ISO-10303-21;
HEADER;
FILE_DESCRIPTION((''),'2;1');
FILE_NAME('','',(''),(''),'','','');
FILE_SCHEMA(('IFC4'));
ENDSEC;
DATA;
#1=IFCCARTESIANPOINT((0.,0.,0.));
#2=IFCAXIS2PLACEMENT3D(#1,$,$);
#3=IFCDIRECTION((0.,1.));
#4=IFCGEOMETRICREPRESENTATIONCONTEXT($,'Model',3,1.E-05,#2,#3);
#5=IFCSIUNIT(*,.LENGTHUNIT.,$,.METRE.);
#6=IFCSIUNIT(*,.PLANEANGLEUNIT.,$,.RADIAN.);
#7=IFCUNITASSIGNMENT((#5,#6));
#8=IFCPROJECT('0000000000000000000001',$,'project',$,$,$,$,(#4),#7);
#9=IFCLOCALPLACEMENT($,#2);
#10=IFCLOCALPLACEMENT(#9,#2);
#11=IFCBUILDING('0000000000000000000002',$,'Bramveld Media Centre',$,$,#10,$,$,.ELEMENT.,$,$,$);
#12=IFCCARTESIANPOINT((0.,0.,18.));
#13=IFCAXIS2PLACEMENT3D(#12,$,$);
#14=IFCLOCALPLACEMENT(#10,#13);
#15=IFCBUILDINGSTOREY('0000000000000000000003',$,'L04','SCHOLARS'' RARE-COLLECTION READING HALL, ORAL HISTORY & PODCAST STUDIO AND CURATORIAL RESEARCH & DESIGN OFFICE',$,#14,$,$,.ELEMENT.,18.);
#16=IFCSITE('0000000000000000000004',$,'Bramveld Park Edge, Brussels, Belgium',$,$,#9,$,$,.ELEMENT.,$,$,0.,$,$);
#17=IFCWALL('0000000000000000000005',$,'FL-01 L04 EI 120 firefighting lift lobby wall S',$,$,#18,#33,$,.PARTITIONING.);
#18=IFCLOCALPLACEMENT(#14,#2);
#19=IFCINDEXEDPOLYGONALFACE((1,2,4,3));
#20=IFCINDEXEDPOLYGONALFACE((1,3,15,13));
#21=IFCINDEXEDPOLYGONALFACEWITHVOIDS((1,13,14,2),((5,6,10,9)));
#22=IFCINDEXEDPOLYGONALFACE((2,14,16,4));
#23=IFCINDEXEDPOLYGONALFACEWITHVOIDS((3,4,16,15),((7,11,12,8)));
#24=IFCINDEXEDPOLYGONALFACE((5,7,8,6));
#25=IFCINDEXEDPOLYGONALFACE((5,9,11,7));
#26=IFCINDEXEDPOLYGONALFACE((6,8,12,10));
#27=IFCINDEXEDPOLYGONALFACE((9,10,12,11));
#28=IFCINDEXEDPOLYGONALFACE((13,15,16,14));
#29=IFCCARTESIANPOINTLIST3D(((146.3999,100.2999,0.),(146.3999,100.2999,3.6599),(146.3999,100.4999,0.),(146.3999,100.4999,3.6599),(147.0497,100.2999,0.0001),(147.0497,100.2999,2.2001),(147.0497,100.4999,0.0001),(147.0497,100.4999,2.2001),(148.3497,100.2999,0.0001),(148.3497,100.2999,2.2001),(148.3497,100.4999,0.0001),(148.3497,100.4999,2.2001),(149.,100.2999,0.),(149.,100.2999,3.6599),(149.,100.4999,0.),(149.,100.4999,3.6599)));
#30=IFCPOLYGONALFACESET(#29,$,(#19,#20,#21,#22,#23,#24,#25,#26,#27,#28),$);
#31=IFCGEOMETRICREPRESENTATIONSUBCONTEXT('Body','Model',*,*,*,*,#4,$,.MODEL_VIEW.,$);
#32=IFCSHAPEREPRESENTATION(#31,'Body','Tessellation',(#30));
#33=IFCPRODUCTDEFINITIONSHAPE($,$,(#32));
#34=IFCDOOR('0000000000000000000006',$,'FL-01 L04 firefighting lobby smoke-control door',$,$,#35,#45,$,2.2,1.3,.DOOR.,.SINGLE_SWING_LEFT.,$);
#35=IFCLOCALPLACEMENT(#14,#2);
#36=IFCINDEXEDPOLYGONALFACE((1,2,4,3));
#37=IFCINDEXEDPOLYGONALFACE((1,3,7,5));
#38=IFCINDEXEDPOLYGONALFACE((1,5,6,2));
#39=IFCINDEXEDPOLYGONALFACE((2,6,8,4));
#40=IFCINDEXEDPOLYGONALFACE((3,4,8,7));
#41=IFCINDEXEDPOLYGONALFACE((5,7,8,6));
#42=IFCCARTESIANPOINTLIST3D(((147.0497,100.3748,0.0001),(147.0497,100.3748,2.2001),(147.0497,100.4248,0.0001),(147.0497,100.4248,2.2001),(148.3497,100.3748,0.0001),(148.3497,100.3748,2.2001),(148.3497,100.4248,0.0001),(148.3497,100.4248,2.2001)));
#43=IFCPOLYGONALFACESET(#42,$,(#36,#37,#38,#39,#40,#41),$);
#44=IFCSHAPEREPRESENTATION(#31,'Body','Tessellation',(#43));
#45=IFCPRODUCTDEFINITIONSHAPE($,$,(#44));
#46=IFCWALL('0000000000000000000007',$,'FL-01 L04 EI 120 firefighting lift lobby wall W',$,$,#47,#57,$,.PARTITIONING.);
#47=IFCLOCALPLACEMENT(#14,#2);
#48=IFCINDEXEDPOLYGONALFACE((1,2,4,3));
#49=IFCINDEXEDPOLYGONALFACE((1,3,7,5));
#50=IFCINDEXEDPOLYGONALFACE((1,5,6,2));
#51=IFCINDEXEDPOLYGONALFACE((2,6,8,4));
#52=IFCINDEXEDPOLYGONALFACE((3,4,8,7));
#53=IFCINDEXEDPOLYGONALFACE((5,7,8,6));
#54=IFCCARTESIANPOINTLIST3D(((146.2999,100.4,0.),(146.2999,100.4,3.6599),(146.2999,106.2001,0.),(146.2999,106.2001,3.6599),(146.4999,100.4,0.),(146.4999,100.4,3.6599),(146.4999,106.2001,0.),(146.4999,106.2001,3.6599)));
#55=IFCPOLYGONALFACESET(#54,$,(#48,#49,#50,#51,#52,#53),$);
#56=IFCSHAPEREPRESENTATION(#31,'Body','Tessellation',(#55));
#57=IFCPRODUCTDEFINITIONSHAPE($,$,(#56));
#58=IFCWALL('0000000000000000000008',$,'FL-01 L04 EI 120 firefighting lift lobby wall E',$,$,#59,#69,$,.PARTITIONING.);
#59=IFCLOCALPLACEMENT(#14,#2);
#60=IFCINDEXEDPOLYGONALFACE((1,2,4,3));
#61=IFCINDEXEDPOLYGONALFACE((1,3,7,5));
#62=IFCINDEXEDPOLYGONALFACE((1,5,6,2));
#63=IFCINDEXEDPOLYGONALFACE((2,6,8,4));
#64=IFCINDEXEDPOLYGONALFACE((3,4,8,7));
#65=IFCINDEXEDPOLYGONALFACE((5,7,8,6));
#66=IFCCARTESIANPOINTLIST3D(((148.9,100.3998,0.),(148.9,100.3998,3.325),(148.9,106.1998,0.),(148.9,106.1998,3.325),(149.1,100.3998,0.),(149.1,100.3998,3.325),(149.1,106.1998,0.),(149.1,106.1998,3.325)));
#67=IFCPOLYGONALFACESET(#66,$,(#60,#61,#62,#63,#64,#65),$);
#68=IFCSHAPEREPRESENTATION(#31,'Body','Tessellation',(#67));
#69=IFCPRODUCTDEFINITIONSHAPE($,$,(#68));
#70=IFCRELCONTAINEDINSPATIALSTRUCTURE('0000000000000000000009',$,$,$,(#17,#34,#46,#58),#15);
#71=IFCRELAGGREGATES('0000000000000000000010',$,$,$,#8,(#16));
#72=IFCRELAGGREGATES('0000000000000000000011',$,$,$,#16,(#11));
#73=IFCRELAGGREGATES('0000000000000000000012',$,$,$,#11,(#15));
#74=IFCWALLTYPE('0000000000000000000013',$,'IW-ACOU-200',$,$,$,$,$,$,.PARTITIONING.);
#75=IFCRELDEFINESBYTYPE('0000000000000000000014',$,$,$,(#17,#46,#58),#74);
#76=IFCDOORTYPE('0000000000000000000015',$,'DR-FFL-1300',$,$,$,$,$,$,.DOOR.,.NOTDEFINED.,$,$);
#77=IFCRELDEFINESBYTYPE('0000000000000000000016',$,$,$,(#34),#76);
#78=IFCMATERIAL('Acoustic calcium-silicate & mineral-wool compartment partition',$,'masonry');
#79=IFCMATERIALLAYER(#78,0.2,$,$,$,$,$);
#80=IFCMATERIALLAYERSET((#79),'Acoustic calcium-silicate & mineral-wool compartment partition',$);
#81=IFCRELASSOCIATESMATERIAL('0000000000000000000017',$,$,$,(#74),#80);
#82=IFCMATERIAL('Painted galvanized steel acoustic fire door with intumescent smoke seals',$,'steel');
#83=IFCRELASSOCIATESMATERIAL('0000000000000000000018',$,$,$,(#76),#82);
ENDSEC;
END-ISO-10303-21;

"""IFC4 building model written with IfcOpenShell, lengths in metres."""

from ifc_helpers import new_model, si_unit, direction, frame, frame_2d, origin, place, context, subcontext, project, spatial, rectangle, extrude, material, layer, layer_set, type_object, element, fill, save


model = new_model("IFC4")

# Units and contexts
model_context = context("Model", 3, precision=1e-05, world=origin(), true_north=direction((0.0, 1.0)))
body_context = subcontext(model_context, "Body", "Model", "MODEL_VIEW")
ifc_project = project(units=[si_unit("LENGTHUNIT", "METRE"), si_unit("PLANEANGLEUNIT", "RADIAN")], contexts=[model_context])

# Site, building, storey
site_placement = place(None, origin())
site = spatial("IfcSite", under=ifc_project, at=site_placement, Name="Bramveld Park Edge, Brussels, Belgium", CompositionType="ELEMENT", RefElevation=0.0)
building_placement = place(site_placement, origin())
building = spatial("IfcBuilding", under=site, at=building_placement, Name="Bramveld Media Centre", CompositionType="ELEMENT")
storey_placement = place(building_placement, frame((0.0, 0.0, 18.0)))
storey = spatial("IfcBuildingStorey", under=building, at=storey_placement, Name="L04", Description="SCHOLARS' RARE-COLLECTION READING HALL, ORAL HISTORY & PODCAST STUDIO AND CURATORIAL RESEARCH & DESIGN OFFICE", CompositionType="ELEMENT", Elevation=18.0)

# Wall, opening, door
ifc_material_1 = material(Name="Acoustic calcium-silicate & mineral-wool compartment partition", Category="masonry")
ifc_layer_1 = layer(ifc_material_1, 0.2)
ifc_layer_set_1 = layer_set([ifc_layer_1], Name="Acoustic calcium-silicate & mineral-wool compartment partition")
wall_type_1 = type_object("IfcWallType", Name="IW-ACOU-200", PredefinedType="PARTITIONING", material=ifc_layer_set_1)
wall_1_placement = place(storey_placement, frame((146.3999, 100.3999, 0.0), z_axis=(0.0, 0.0, 1.0), x_axis=(1.0, 0.0, 0.0)))
wall_1 = element("IfcWall", 1, at=wall_1_placement, inside=storey, type_object=wall_type_1, Name="FL-01 L04 EI 120 firefighting lift lobby wall S", PredefinedType="PARTITIONING", context=body_context, shape_type="SweptSolid", body=[
    extrude(rectangle(XDim=2.6001, YDim=0.2, at=frame_2d((1.3, 0.0))), origin(), (0.0, 0.0, 1.0), 3.6599),
])
opening_1_placement = place(wall_1_placement, frame((0.6499, 0.0, 0.0)))
opening_1 = element("IfcOpeningElement", 2, at=opening_1_placement, cuts=wall_1, PredefinedType="OPENING", context=body_context, shape_type="SweptSolid", body=[
    extrude(rectangle(XDim=1.3, YDim=2.2, at=frame_2d((0.6499, 1.1001))), frame((0.0, 0.1118, 0.0), z_axis=(0.0, -1.0, 0.0), x_axis=(1.0, 0.0, 0.0)), (0.0, 0.0, 1.0), 0.2239),
])
ifc_material_2 = material(Name="Painted galvanized steel acoustic fire door with intumescent smoke seals", Category="steel")
door_type_1 = type_object("IfcDoorType", Name="DR-FFL-1300", OperationType="NOTDEFINED", PredefinedType="DOOR", material=ifc_material_2)
door_1_placement = place(opening_1_placement, origin())
door_1 = element("IfcDoor", 3, at=door_1_placement, inside=storey, type_object=door_type_1, Name="FL-01 L04 firefighting lobby smoke-control door", OperationType="SINGLE_SWING_LEFT", OverallHeight=2.2, OverallWidth=1.3, PredefinedType="DOOR", context=body_context, shape_type="SweptSolid", body=[
    extrude(rectangle(XDim=1.3, YDim=2.2, at=frame_2d((0.6499, 1.1001))), frame((0.0, 0.0249, 0.0), z_axis=(0.0, -1.0, 0.0), x_axis=(1.0, 0.0, 0.0)), (0.0, 0.0, 1.0), 0.05),
])
fill(opening_1, door_1)

# Walls
wall_2_placement = place(storey_placement, frame((146.3999, 106.2, 0.0), z_axis=(0.0, 0.0, 1.0), x_axis=(0.0, -1.0, 0.0)))
element("IfcWall", 4, at=wall_2_placement, inside=storey, type_object=wall_type_1, Name="FL-01 L04 EI 120 firefighting lift lobby wall W", PredefinedType="PARTITIONING", context=body_context, shape_type="SweptSolid", body=[
    extrude(rectangle(XDim=5.8, YDim=0.2, at=frame_2d((2.8999, 0.0))), origin(), (0.0, 0.0, 1.0), 3.6599),
])
wall_3_placement = place(storey_placement, frame((149.0, 100.3999, 0.0), z_axis=(0.0, 0.0, 1.0), x_axis=(0.0, 1.0, 0.0)))
element("IfcWall", 5, at=wall_3_placement, inside=storey, type_object=wall_type_1, Name="FL-01 L04 EI 120 firefighting lift lobby wall E", PredefinedType="PARTITIONING", context=body_context, shape_type="SweptSolid", body=[
    extrude(rectangle(XDim=5.8, YDim=0.2, at=frame_2d((2.8999, 0.0))), origin(), (0.0, 0.0, 1.0), 3.325),
])

save(model, "model.ifc")
